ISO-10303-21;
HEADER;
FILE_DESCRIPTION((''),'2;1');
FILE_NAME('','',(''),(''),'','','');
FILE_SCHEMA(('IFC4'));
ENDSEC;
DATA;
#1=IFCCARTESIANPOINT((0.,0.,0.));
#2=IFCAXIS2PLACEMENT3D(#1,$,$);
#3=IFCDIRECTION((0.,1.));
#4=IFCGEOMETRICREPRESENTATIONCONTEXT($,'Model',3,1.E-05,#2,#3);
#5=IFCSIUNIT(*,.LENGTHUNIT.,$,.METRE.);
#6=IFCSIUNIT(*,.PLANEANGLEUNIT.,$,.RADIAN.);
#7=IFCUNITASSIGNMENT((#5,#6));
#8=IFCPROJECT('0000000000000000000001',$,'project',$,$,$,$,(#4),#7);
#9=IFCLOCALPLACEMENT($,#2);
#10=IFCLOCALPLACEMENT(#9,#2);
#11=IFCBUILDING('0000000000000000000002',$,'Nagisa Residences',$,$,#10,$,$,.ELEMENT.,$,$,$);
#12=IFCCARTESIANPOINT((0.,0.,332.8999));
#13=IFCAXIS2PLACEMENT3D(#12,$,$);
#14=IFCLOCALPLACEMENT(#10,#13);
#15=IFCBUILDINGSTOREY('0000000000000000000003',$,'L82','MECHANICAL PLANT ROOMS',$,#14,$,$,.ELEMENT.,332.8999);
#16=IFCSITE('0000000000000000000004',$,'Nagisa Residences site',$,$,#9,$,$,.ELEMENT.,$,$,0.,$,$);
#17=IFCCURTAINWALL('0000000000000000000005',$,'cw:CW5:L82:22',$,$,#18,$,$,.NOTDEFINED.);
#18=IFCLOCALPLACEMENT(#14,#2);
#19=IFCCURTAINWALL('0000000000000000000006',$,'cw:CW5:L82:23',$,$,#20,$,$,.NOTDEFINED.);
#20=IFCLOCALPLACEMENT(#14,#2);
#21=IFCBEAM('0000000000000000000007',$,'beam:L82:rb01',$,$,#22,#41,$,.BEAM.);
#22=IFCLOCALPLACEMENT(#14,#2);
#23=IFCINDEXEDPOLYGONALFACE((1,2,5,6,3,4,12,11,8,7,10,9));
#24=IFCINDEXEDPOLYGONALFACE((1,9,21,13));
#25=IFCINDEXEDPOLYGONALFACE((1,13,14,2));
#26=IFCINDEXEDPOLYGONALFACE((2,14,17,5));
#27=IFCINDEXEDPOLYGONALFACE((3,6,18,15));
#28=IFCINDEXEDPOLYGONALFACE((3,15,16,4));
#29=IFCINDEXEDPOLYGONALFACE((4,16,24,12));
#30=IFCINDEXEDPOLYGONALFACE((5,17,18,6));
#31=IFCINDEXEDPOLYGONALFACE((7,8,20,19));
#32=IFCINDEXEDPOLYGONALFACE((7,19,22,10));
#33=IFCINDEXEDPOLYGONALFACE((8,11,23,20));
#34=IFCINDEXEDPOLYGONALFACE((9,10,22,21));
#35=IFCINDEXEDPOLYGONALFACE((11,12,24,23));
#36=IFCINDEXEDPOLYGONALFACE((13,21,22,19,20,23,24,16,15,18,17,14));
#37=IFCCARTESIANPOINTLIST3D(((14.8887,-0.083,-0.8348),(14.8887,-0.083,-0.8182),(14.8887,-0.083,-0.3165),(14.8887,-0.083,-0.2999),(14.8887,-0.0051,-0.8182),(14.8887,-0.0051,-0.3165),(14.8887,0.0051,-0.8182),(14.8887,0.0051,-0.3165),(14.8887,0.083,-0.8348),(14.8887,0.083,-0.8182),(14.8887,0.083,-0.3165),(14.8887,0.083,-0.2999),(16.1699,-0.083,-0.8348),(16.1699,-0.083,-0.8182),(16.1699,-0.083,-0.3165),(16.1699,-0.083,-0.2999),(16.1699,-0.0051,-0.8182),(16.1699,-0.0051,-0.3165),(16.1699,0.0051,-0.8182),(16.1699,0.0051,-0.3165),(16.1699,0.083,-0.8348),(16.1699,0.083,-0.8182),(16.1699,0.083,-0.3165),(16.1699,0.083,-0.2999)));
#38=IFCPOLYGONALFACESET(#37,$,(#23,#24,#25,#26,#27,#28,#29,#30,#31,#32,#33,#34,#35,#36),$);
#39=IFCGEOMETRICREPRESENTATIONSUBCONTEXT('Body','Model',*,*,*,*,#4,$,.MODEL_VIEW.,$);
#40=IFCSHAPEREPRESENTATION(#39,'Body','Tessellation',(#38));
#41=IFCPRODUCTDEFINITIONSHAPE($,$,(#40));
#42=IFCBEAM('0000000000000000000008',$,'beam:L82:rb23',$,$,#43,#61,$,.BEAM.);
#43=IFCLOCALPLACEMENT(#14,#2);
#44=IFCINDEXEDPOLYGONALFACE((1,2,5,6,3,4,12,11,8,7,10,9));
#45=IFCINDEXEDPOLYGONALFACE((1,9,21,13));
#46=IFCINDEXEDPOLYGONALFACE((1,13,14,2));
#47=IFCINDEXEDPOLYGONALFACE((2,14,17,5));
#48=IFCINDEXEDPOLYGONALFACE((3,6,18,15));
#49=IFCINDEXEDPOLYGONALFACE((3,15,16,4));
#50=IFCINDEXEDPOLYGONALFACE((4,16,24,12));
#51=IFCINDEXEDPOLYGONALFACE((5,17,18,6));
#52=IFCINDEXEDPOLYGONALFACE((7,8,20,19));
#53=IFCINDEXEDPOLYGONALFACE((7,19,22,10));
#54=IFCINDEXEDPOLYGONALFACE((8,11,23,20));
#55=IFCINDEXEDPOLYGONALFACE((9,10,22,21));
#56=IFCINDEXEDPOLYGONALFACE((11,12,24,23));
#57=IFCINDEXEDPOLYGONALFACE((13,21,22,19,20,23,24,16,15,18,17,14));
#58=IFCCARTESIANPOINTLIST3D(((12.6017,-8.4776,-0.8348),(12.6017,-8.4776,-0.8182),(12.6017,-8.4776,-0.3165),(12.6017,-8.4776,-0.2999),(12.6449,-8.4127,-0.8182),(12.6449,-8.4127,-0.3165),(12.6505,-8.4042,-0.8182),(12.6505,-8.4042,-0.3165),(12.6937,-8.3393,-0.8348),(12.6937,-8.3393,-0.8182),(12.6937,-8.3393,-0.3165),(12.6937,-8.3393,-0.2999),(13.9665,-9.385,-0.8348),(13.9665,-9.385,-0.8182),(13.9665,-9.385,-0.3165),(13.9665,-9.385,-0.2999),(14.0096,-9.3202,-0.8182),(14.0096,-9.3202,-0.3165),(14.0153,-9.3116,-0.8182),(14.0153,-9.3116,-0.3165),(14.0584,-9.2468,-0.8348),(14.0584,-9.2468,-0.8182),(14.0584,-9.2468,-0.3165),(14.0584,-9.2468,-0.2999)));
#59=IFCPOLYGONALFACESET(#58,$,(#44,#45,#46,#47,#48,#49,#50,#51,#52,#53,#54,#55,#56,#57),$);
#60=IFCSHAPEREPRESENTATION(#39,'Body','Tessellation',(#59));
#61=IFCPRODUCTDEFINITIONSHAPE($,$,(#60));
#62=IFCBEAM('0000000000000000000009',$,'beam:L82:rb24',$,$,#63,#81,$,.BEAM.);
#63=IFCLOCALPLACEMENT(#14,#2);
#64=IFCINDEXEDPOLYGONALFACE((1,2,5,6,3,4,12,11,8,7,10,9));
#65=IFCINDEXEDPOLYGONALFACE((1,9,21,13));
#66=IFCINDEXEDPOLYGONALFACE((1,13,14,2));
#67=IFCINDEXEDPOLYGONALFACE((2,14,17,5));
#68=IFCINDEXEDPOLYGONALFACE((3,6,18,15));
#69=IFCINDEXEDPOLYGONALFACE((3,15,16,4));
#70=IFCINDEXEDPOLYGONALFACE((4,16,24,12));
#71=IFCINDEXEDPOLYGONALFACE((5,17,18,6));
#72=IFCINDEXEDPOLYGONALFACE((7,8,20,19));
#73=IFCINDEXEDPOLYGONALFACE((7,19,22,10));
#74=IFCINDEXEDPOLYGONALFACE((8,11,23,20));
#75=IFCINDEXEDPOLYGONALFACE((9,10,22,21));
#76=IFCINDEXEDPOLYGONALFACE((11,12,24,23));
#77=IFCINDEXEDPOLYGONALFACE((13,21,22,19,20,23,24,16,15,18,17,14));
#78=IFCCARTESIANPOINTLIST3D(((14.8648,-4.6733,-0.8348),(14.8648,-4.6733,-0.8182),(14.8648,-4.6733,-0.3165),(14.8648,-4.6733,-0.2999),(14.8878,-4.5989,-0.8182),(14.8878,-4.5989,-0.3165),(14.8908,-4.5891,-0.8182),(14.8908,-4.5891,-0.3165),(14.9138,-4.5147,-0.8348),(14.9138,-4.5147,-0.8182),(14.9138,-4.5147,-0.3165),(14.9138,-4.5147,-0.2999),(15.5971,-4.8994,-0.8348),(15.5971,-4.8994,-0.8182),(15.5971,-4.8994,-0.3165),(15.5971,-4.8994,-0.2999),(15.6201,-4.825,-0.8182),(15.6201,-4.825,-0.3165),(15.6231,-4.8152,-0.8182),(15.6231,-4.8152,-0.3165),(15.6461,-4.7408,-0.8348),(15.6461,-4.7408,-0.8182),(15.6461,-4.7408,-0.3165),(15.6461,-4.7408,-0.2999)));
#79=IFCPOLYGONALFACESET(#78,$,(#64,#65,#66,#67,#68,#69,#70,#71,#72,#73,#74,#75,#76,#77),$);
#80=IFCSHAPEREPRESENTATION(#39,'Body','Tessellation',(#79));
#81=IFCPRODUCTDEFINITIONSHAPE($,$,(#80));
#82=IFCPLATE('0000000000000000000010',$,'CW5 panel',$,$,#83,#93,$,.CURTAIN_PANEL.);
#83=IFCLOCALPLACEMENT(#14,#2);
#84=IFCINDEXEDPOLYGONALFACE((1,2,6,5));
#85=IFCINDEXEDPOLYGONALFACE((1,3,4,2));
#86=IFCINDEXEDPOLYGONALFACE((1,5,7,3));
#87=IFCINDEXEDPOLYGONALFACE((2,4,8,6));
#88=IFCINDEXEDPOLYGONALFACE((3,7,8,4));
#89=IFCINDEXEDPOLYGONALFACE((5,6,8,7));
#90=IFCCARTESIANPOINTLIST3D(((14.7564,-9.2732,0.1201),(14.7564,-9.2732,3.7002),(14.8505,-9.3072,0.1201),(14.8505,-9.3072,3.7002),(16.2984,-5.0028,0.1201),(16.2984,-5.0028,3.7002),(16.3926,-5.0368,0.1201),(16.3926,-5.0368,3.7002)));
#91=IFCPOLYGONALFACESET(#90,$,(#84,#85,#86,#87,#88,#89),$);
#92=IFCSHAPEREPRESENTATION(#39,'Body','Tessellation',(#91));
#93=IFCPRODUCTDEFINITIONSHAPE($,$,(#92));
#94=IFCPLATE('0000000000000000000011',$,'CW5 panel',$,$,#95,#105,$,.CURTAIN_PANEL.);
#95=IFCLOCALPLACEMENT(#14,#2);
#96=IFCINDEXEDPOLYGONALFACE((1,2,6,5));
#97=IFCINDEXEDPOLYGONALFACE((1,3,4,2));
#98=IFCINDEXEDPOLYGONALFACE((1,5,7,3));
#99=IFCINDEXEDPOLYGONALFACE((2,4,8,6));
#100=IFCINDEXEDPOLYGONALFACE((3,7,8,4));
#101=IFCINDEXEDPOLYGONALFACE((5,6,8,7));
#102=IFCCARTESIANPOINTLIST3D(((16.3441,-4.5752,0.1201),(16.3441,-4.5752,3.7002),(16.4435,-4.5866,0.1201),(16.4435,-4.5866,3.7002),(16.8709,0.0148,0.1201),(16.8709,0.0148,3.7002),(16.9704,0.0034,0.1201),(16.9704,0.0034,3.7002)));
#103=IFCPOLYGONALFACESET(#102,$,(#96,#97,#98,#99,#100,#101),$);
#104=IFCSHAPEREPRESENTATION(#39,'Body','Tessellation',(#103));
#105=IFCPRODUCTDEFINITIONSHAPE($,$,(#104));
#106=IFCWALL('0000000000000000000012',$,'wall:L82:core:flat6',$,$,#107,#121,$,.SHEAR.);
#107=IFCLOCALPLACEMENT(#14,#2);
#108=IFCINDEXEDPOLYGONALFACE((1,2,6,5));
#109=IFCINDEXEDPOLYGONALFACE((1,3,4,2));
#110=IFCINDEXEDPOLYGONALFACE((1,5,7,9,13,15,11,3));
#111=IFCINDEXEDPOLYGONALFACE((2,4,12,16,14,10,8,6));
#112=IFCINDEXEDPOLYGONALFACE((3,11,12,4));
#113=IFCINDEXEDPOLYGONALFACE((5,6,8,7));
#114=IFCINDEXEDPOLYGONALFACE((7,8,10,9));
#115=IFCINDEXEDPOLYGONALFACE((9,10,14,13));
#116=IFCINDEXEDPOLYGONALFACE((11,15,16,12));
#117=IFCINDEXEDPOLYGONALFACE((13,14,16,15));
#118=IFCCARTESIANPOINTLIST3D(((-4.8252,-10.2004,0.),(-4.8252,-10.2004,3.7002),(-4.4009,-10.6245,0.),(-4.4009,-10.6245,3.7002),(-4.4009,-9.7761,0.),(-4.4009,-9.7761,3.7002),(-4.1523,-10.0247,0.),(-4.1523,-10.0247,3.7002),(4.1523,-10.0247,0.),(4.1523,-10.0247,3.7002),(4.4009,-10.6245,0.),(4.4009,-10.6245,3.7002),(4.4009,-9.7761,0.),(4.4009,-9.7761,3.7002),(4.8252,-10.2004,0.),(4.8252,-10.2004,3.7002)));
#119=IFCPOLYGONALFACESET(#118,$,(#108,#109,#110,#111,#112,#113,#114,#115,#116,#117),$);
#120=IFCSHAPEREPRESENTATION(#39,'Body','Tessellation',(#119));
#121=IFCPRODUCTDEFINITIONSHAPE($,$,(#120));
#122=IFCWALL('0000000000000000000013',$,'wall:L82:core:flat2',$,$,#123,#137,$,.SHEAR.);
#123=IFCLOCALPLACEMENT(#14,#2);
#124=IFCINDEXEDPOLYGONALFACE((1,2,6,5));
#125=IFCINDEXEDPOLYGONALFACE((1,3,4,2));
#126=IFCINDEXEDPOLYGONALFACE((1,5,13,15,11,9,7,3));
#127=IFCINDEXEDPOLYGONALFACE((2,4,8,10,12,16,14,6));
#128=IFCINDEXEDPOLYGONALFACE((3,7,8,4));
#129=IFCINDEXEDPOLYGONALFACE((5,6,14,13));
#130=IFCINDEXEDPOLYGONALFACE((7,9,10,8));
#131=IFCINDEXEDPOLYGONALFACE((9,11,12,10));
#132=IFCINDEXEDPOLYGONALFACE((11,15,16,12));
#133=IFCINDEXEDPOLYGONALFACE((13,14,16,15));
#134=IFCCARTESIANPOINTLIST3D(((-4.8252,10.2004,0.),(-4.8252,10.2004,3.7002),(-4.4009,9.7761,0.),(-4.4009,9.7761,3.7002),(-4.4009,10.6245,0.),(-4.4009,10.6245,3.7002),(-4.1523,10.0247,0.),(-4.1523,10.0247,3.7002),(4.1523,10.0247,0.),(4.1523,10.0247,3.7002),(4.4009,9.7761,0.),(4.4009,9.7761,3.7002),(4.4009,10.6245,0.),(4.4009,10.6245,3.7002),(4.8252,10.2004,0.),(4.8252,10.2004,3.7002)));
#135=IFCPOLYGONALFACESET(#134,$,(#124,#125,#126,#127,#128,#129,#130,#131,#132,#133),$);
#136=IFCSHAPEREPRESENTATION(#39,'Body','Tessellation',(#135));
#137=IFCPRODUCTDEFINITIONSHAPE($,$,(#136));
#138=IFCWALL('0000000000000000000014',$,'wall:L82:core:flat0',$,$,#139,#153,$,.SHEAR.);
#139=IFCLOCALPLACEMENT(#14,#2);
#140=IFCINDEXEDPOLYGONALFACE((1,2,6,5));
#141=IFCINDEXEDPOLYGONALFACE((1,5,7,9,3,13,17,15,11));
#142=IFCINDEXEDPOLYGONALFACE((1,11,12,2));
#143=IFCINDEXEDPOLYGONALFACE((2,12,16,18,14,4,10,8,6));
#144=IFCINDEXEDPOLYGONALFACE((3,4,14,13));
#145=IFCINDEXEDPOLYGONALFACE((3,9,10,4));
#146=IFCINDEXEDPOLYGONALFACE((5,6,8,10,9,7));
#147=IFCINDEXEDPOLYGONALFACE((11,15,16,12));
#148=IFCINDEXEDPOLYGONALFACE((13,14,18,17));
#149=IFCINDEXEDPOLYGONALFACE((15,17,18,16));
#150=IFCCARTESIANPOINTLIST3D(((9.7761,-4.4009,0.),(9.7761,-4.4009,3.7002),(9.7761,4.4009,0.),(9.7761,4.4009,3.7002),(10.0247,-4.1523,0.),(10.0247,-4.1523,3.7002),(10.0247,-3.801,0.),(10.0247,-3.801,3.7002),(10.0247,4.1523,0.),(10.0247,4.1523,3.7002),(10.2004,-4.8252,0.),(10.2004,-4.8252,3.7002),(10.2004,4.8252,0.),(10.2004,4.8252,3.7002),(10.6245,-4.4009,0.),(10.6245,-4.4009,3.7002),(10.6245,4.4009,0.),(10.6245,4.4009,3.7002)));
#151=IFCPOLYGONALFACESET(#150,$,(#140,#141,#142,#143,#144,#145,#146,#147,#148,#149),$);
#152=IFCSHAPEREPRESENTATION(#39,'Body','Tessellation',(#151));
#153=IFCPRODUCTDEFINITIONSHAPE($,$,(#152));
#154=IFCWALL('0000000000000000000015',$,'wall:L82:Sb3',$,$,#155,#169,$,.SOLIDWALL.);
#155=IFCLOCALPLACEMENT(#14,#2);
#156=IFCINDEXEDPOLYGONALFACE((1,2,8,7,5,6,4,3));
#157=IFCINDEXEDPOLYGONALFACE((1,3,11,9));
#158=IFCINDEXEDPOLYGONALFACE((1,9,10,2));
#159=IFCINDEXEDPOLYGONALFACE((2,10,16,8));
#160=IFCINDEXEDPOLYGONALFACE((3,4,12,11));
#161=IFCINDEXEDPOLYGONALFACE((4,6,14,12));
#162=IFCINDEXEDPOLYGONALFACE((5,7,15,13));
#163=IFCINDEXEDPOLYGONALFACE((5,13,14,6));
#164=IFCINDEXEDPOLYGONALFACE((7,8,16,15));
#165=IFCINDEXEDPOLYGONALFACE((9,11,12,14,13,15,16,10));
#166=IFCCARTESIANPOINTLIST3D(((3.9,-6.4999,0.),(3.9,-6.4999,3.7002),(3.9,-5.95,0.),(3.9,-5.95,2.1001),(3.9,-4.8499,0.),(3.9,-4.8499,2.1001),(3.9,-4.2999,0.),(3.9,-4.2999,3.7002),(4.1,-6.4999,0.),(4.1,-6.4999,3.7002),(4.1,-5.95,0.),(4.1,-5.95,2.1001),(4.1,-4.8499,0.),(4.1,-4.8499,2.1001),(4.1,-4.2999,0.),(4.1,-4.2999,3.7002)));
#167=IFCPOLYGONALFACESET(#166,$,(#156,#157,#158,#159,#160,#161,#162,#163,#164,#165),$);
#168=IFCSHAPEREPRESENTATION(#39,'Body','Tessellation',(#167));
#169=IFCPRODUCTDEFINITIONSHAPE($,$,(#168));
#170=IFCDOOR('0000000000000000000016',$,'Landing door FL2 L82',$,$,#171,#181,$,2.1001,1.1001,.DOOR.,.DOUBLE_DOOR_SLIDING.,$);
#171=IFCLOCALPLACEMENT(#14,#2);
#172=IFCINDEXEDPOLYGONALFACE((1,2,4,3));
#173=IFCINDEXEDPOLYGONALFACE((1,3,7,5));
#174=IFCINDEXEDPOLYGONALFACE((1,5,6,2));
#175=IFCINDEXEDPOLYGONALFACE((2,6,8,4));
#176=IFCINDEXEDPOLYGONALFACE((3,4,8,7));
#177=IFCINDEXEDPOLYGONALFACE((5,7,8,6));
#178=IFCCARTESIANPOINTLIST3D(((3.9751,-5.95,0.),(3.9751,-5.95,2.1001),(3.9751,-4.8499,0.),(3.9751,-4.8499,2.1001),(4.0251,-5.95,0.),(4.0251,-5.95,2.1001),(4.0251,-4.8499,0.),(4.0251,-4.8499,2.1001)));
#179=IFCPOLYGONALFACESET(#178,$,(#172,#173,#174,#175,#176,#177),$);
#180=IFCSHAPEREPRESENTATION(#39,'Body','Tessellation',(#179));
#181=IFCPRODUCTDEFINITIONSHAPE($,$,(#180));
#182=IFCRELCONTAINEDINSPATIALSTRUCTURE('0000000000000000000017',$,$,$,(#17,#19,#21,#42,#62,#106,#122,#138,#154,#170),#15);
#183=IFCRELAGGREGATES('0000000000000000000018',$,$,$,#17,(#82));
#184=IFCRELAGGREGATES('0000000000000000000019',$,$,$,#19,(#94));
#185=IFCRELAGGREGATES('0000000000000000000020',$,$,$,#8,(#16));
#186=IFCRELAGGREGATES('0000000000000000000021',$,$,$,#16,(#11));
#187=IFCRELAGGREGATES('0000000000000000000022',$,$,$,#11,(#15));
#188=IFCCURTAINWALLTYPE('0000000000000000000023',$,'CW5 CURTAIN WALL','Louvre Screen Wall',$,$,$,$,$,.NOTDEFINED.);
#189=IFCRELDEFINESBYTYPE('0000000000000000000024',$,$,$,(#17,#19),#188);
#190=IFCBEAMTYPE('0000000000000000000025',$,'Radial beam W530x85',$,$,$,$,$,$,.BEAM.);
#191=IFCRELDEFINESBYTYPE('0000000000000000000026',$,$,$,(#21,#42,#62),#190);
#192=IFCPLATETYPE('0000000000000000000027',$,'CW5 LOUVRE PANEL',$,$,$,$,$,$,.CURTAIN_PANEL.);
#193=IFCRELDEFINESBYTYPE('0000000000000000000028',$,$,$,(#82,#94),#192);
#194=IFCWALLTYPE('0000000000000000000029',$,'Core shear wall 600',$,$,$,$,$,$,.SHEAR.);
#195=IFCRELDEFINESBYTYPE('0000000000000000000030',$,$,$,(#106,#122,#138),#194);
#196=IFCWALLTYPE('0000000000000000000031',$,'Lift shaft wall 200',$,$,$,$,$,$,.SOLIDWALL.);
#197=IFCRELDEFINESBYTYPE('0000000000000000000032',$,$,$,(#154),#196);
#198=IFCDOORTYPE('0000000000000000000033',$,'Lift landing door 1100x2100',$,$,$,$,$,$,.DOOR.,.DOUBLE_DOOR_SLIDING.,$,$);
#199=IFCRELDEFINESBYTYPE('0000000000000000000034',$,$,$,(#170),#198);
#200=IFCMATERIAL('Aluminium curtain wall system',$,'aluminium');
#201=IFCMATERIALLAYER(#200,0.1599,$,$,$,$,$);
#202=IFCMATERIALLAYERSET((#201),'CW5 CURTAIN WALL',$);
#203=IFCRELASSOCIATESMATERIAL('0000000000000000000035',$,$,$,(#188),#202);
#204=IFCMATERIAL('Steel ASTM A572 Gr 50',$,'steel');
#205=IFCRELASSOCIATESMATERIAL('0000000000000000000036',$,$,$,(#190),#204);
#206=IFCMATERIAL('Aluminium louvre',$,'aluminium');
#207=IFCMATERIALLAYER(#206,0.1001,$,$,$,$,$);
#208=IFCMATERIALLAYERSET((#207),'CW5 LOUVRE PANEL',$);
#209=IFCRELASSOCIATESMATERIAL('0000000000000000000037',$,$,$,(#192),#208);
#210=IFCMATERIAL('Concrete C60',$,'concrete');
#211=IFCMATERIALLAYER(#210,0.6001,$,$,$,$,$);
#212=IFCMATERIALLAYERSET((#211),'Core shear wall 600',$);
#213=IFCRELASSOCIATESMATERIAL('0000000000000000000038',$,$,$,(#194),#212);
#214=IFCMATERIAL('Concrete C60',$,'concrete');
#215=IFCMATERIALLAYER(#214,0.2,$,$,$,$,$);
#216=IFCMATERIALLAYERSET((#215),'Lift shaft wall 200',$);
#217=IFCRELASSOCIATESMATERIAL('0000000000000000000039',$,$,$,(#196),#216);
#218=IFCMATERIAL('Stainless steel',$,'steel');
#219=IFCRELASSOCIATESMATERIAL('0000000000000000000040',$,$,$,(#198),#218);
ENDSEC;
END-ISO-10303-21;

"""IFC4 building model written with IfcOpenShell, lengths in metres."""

from ifc_helpers import new_model, si_unit, direction, frame, frame_2d, origin, origin_2d, place, context, subcontext, project, spatial, polyline, rectangle, i_section, outline, extrude, material, layer, layer_set, material_profile, profile_set, type_object, element, fill, aggregate, save


model = new_model("IFC4")

# Units and contexts
model_context = context("Model", 3, precision=1e-05, world=origin(), true_north=direction((0.0, 1.0)))
body_context = subcontext(model_context, "Body", "Model", "MODEL_VIEW")
ifc_project = project(units=[si_unit("LENGTHUNIT", "METRE"), si_unit("PLANEANGLEUNIT", "RADIAN")], contexts=[model_context])

# Site, building, storey
site_placement = place(None, origin())
site = spatial("IfcSite", under=ifc_project, at=site_placement, Name="Nagisa Residences site", CompositionType="ELEMENT", RefElevation=0.0)
building_placement = place(site_placement, origin())
building = spatial("IfcBuilding", under=site, at=building_placement, Name="Nagisa Residences", CompositionType="ELEMENT")
storey_placement = place(building_placement, frame((0.0, 0.0, 332.8999)))
storey = spatial("IfcBuildingStorey", under=building, at=storey_placement, Name="L82", Description="MECHANICAL PLANT ROOMS", CompositionType="ELEMENT", Elevation=332.8999)

# Curtain walls
ifc_material_1 = material(Name="Aluminium curtain wall system", Category="aluminium")
ifc_layer_1 = layer(ifc_material_1, 0.1599)
ifc_layer_set_1 = layer_set([ifc_layer_1], Name="CW5 CURTAIN WALL")
curtain_wall_type = type_object("IfcCurtainWallType", Name="CW5 CURTAIN WALL", Description="Louvre Screen Wall", PredefinedType="NOTDEFINED", material=ifc_layer_set_1)
curtain_wall_1_placement = place(storey_placement, origin())
curtain_wall_1 = element("IfcCurtainWall", 1, at=curtain_wall_1_placement, inside=storey, type_object=curtain_wall_type, Name="cw:CW5:L82:22", PredefinedType="NOTDEFINED")
curtain_wall_2_placement = place(storey_placement, origin())
curtain_wall_2 = element("IfcCurtainWall", 2, at=curtain_wall_2_placement, inside=storey, type_object=curtain_wall_type, Name="cw:CW5:L82:23", PredefinedType="NOTDEFINED")

# Beams
ifc_material_2 = material(Name="Steel ASTM A572 Gr 50", Category="steel")
ifc_material_profile_1 = material_profile(ifc_material_2, i_section(OverallWidth=0.166, OverallDepth=0.5349, WebThickness=0.0103, FlangeThickness=0.0166, at=origin_2d()), Name="W530x85")
ifc_profile_set_1 = profile_set([ifc_material_profile_1], Name="Steel ASTM A572 Gr 50")
beam_type_1 = type_object("IfcBeamType", Name="Radial beam W530x85", PredefinedType="BEAM", material=ifc_profile_set_1)
beam_1_placement = place(storey_placement, frame((16.1699, 0.0, -0.5674), z_axis=(-1.0, 0.0, 0.0), x_axis=(0.0, -1.0, 0.0)))
element("IfcBeam", 3, at=beam_1_placement, inside=storey, type_object=beam_type_1, Name="beam:L82:rb01", PredefinedType="BEAM", context=body_context, shape_type="SweptSolid", body=[
    extrude(i_section(OverallWidth=0.166, OverallDepth=0.5349, WebThickness=0.0103, FlangeThickness=0.0166, at=origin_2d()), origin(), (0.0, 0.0, 1.0), 1.2812),
])
beam_2_placement = place(storey_placement, frame((14.0125, -9.3159, -0.5674), z_axis=(-0.832714, 0.553703, 0.0), x_axis=(-0.553703, -0.832714, 0.0)))
element("IfcBeam", 4, at=beam_2_placement, inside=storey, type_object=beam_type_1, Name="beam:L82:rb23", PredefinedType="BEAM", context=body_context, shape_type="SweptSolid", body=[
    extrude(i_section(OverallWidth=0.166, OverallDepth=0.5349, WebThickness=0.0103, FlangeThickness=0.0166, at=origin_2d()), origin(), (0.0, 0.0, 1.0), 1.6389),
])
beam_3_placement = place(storey_placement, frame((15.6216, -4.8201, -0.5674), z_axis=(-0.955489, 0.295026, 0.0), x_axis=(-0.295026, -0.955489, 0.0)))
element("IfcBeam", 5, at=beam_3_placement, inside=storey, type_object=beam_type_1, Name="beam:L82:rb24", PredefinedType="BEAM", context=body_context, shape_type="SweptSolid", body=[
    extrude(i_section(OverallWidth=0.166, OverallDepth=0.5349, WebThickness=0.0103, FlangeThickness=0.0166, at=origin_2d()), origin(), (0.0, 0.0, 1.0), 0.7664),
])

# Plates
ifc_material_3 = material(Name="Aluminium louvre", Category="aluminium")
ifc_layer_2 = layer(ifc_material_3, 0.1001)
ifc_layer_set_2 = layer_set([ifc_layer_2], Name="CW5 LOUVRE PANEL")
plate_type = type_object("IfcPlateType", Name="CW5 LOUVRE PANEL", PredefinedType="CURTAIN_PANEL", material=ifc_layer_set_2)
plate_1_placement = place(storey_placement, frame((15.5745, -7.155, 0.1201), z_axis=(0.0, 0.0, 1.0), x_axis=(0.339643, 0.940554, 0.0)))
plate_1 = element("IfcPlate", 6, at=plate_1_placement, type_object=plate_type, Name="CW5 panel", PredefinedType="CURTAIN_PANEL", context=body_context, shape_type="SweptSolid", body=[
    extrude(rectangle(XDim=4.5403, YDim=0.1001, at=origin_2d()), origin(), (0.0, 0.0, 1.0), 3.5801),
])
aggregate(curtain_wall_1, [plate_1])
plate_2_placement = place(storey_placement, frame((16.6572, -2.2859, 0.1201), z_axis=(0.0, 0.0, 1.0), x_axis=(0.114025, 0.993478, 0.0)))
plate_2 = element("IfcPlate", 7, at=plate_2_placement, type_object=plate_type, Name="CW5 panel", PredefinedType="CURTAIN_PANEL", context=body_context, shape_type="SweptSolid", body=[
    extrude(rectangle(XDim=4.6201, YDim=0.1001, at=origin_2d()), origin(), (0.0, 0.0, 1.0), 3.5801),
])
aggregate(curtain_wall_2, [plate_2])

# Walls
ifc_material_4 = material(Name="Concrete C60", Category="concrete")
ifc_layer_3 = layer(ifc_material_4, 0.6001)
ifc_layer_set_3 = layer_set([ifc_layer_3], Name="Core shear wall 600")
wall_type_1 = type_object("IfcWallType", Name="Core shear wall 600", PredefinedType="SHEAR", material=ifc_layer_set_3)
wall_1_placement = place(storey_placement, origin())
element("IfcWall", 8, at=wall_1_placement, inside=storey, type_object=wall_type_1, Name="wall:L82:core:flat6", PredefinedType="SHEAR", context=body_context, shape_type="SweptSolid", body=[
    extrude(outline(polyline([(-4.1523, -10.0247), (4.1523, -10.0247), (4.4009, -9.7761), (4.8252, -10.2004), (4.4009, -10.6245), (-4.4009, -10.6245), (-4.8252, -10.2004), (-4.4009, -9.7761), (-4.1523, -10.0247)])), origin(), (0.0, 0.0, 1.0), 3.7002),
])
wall_2_placement = place(storey_placement, origin())
element("IfcWall", 9, at=wall_2_placement, inside=storey, type_object=wall_type_1, Name="wall:L82:core:flat2", PredefinedType="SHEAR", context=body_context, shape_type="SweptSolid", body=[
    extrude(outline(polyline([(-4.1523, 10.0247), (-4.4009, 9.7761), (-4.8252, 10.2004), (-4.4009, 10.6245), (4.4009, 10.6245), (4.8252, 10.2004), (4.4009, 9.7761), (4.1523, 10.0247), (-4.1523, 10.0247)])), origin(), (0.0, 0.0, 1.0), 3.7002),
])
wall_3_placement = place(storey_placement, origin())
element("IfcWall", 10, at=wall_3_placement, inside=storey, type_object=wall_type_1, Name="wall:L82:core:flat0", PredefinedType="SHEAR", context=body_context, shape_type="SweptSolid", body=[
    extrude(outline(polyline([(9.7761, -4.4009), (10.0247, -4.1523), (10.0247, -3.801), (10.0247, 4.1523), (9.7761, 4.4009), (10.2004, 4.8252), (10.6245, 4.4009), (10.6245, -4.4009), (10.2004, -4.8252), (9.7761, -4.4009)])), origin(), (0.0, 0.0, 1.0), 3.7002),
])

# Wall, opening, door
ifc_material_5 = material(Name="Concrete C60", Category="concrete")
ifc_layer_4 = layer(ifc_material_5, 0.2)
ifc_layer_set_4 = layer_set([ifc_layer_4], Name="Lift shaft wall 200")
wall_type_2 = type_object("IfcWallType", Name="Lift shaft wall 200", PredefinedType="SOLIDWALL", material=ifc_layer_set_4)
wall_4_placement = place(storey_placement, frame((4.0, -6.5, 0.0), z_axis=(0.0, 0.0, 1.0), x_axis=(0.0, 1.0, 0.0)))
wall_4 = element("IfcWall", 11, at=wall_4_placement, inside=storey, type_object=wall_type_2, Name="wall:L82:Sb3", PredefinedType="SOLIDWALL", context=body_context, shape_type="SweptSolid", body=[
    extrude(rectangle(XDim=2.2, YDim=0.2, at=frame_2d((1.1001, 0.0))), origin(), (0.0, 0.0, 1.0), 3.7002),
])
opening_1_placement = place(wall_4_placement, frame((0.55, 0.0, 0.0)))
opening_1 = element("IfcOpeningElement", 12, at=opening_1_placement, cuts=wall_4, PredefinedType="OPENING", context=body_context, shape_type="SweptSolid", body=[
    extrude(rectangle(XDim=1.1001, YDim=2.1001, at=frame_2d((0.55, 1.05))), frame((0.0, 0.1099, 0.0), z_axis=(0.0, -1.0, 0.0), x_axis=(1.0, 0.0, 0.0)), (0.0, 0.0, 1.0), 0.22),
])
ifc_material_6 = material(Name="Stainless steel", Category="steel")
door_type_1 = type_object("IfcDoorType", Name="Lift landing door 1100x2100", OperationType="DOUBLE_DOOR_SLIDING", PredefinedType="DOOR", material=ifc_material_6)
door_1_placement = place(opening_1_placement, origin())
door_1 = element("IfcDoor", 13, at=door_1_placement, inside=storey, type_object=door_type_1, Name="Landing door FL2 L82", OperationType="DOUBLE_DOOR_SLIDING", OverallHeight=2.1001, OverallWidth=1.1001, PredefinedType="DOOR", context=body_context, shape_type="SweptSolid", body=[
    extrude(rectangle(XDim=1.1001, YDim=2.1001, at=frame_2d((0.55, 1.05))), frame((0.0, 0.0249, 0.0), z_axis=(0.0, -1.0, 0.0), x_axis=(1.0, 0.0, 0.0)), (0.0, 0.0, 1.0), 0.05),
])
fill(opening_1, door_1)

save(model, "model.ifc")
